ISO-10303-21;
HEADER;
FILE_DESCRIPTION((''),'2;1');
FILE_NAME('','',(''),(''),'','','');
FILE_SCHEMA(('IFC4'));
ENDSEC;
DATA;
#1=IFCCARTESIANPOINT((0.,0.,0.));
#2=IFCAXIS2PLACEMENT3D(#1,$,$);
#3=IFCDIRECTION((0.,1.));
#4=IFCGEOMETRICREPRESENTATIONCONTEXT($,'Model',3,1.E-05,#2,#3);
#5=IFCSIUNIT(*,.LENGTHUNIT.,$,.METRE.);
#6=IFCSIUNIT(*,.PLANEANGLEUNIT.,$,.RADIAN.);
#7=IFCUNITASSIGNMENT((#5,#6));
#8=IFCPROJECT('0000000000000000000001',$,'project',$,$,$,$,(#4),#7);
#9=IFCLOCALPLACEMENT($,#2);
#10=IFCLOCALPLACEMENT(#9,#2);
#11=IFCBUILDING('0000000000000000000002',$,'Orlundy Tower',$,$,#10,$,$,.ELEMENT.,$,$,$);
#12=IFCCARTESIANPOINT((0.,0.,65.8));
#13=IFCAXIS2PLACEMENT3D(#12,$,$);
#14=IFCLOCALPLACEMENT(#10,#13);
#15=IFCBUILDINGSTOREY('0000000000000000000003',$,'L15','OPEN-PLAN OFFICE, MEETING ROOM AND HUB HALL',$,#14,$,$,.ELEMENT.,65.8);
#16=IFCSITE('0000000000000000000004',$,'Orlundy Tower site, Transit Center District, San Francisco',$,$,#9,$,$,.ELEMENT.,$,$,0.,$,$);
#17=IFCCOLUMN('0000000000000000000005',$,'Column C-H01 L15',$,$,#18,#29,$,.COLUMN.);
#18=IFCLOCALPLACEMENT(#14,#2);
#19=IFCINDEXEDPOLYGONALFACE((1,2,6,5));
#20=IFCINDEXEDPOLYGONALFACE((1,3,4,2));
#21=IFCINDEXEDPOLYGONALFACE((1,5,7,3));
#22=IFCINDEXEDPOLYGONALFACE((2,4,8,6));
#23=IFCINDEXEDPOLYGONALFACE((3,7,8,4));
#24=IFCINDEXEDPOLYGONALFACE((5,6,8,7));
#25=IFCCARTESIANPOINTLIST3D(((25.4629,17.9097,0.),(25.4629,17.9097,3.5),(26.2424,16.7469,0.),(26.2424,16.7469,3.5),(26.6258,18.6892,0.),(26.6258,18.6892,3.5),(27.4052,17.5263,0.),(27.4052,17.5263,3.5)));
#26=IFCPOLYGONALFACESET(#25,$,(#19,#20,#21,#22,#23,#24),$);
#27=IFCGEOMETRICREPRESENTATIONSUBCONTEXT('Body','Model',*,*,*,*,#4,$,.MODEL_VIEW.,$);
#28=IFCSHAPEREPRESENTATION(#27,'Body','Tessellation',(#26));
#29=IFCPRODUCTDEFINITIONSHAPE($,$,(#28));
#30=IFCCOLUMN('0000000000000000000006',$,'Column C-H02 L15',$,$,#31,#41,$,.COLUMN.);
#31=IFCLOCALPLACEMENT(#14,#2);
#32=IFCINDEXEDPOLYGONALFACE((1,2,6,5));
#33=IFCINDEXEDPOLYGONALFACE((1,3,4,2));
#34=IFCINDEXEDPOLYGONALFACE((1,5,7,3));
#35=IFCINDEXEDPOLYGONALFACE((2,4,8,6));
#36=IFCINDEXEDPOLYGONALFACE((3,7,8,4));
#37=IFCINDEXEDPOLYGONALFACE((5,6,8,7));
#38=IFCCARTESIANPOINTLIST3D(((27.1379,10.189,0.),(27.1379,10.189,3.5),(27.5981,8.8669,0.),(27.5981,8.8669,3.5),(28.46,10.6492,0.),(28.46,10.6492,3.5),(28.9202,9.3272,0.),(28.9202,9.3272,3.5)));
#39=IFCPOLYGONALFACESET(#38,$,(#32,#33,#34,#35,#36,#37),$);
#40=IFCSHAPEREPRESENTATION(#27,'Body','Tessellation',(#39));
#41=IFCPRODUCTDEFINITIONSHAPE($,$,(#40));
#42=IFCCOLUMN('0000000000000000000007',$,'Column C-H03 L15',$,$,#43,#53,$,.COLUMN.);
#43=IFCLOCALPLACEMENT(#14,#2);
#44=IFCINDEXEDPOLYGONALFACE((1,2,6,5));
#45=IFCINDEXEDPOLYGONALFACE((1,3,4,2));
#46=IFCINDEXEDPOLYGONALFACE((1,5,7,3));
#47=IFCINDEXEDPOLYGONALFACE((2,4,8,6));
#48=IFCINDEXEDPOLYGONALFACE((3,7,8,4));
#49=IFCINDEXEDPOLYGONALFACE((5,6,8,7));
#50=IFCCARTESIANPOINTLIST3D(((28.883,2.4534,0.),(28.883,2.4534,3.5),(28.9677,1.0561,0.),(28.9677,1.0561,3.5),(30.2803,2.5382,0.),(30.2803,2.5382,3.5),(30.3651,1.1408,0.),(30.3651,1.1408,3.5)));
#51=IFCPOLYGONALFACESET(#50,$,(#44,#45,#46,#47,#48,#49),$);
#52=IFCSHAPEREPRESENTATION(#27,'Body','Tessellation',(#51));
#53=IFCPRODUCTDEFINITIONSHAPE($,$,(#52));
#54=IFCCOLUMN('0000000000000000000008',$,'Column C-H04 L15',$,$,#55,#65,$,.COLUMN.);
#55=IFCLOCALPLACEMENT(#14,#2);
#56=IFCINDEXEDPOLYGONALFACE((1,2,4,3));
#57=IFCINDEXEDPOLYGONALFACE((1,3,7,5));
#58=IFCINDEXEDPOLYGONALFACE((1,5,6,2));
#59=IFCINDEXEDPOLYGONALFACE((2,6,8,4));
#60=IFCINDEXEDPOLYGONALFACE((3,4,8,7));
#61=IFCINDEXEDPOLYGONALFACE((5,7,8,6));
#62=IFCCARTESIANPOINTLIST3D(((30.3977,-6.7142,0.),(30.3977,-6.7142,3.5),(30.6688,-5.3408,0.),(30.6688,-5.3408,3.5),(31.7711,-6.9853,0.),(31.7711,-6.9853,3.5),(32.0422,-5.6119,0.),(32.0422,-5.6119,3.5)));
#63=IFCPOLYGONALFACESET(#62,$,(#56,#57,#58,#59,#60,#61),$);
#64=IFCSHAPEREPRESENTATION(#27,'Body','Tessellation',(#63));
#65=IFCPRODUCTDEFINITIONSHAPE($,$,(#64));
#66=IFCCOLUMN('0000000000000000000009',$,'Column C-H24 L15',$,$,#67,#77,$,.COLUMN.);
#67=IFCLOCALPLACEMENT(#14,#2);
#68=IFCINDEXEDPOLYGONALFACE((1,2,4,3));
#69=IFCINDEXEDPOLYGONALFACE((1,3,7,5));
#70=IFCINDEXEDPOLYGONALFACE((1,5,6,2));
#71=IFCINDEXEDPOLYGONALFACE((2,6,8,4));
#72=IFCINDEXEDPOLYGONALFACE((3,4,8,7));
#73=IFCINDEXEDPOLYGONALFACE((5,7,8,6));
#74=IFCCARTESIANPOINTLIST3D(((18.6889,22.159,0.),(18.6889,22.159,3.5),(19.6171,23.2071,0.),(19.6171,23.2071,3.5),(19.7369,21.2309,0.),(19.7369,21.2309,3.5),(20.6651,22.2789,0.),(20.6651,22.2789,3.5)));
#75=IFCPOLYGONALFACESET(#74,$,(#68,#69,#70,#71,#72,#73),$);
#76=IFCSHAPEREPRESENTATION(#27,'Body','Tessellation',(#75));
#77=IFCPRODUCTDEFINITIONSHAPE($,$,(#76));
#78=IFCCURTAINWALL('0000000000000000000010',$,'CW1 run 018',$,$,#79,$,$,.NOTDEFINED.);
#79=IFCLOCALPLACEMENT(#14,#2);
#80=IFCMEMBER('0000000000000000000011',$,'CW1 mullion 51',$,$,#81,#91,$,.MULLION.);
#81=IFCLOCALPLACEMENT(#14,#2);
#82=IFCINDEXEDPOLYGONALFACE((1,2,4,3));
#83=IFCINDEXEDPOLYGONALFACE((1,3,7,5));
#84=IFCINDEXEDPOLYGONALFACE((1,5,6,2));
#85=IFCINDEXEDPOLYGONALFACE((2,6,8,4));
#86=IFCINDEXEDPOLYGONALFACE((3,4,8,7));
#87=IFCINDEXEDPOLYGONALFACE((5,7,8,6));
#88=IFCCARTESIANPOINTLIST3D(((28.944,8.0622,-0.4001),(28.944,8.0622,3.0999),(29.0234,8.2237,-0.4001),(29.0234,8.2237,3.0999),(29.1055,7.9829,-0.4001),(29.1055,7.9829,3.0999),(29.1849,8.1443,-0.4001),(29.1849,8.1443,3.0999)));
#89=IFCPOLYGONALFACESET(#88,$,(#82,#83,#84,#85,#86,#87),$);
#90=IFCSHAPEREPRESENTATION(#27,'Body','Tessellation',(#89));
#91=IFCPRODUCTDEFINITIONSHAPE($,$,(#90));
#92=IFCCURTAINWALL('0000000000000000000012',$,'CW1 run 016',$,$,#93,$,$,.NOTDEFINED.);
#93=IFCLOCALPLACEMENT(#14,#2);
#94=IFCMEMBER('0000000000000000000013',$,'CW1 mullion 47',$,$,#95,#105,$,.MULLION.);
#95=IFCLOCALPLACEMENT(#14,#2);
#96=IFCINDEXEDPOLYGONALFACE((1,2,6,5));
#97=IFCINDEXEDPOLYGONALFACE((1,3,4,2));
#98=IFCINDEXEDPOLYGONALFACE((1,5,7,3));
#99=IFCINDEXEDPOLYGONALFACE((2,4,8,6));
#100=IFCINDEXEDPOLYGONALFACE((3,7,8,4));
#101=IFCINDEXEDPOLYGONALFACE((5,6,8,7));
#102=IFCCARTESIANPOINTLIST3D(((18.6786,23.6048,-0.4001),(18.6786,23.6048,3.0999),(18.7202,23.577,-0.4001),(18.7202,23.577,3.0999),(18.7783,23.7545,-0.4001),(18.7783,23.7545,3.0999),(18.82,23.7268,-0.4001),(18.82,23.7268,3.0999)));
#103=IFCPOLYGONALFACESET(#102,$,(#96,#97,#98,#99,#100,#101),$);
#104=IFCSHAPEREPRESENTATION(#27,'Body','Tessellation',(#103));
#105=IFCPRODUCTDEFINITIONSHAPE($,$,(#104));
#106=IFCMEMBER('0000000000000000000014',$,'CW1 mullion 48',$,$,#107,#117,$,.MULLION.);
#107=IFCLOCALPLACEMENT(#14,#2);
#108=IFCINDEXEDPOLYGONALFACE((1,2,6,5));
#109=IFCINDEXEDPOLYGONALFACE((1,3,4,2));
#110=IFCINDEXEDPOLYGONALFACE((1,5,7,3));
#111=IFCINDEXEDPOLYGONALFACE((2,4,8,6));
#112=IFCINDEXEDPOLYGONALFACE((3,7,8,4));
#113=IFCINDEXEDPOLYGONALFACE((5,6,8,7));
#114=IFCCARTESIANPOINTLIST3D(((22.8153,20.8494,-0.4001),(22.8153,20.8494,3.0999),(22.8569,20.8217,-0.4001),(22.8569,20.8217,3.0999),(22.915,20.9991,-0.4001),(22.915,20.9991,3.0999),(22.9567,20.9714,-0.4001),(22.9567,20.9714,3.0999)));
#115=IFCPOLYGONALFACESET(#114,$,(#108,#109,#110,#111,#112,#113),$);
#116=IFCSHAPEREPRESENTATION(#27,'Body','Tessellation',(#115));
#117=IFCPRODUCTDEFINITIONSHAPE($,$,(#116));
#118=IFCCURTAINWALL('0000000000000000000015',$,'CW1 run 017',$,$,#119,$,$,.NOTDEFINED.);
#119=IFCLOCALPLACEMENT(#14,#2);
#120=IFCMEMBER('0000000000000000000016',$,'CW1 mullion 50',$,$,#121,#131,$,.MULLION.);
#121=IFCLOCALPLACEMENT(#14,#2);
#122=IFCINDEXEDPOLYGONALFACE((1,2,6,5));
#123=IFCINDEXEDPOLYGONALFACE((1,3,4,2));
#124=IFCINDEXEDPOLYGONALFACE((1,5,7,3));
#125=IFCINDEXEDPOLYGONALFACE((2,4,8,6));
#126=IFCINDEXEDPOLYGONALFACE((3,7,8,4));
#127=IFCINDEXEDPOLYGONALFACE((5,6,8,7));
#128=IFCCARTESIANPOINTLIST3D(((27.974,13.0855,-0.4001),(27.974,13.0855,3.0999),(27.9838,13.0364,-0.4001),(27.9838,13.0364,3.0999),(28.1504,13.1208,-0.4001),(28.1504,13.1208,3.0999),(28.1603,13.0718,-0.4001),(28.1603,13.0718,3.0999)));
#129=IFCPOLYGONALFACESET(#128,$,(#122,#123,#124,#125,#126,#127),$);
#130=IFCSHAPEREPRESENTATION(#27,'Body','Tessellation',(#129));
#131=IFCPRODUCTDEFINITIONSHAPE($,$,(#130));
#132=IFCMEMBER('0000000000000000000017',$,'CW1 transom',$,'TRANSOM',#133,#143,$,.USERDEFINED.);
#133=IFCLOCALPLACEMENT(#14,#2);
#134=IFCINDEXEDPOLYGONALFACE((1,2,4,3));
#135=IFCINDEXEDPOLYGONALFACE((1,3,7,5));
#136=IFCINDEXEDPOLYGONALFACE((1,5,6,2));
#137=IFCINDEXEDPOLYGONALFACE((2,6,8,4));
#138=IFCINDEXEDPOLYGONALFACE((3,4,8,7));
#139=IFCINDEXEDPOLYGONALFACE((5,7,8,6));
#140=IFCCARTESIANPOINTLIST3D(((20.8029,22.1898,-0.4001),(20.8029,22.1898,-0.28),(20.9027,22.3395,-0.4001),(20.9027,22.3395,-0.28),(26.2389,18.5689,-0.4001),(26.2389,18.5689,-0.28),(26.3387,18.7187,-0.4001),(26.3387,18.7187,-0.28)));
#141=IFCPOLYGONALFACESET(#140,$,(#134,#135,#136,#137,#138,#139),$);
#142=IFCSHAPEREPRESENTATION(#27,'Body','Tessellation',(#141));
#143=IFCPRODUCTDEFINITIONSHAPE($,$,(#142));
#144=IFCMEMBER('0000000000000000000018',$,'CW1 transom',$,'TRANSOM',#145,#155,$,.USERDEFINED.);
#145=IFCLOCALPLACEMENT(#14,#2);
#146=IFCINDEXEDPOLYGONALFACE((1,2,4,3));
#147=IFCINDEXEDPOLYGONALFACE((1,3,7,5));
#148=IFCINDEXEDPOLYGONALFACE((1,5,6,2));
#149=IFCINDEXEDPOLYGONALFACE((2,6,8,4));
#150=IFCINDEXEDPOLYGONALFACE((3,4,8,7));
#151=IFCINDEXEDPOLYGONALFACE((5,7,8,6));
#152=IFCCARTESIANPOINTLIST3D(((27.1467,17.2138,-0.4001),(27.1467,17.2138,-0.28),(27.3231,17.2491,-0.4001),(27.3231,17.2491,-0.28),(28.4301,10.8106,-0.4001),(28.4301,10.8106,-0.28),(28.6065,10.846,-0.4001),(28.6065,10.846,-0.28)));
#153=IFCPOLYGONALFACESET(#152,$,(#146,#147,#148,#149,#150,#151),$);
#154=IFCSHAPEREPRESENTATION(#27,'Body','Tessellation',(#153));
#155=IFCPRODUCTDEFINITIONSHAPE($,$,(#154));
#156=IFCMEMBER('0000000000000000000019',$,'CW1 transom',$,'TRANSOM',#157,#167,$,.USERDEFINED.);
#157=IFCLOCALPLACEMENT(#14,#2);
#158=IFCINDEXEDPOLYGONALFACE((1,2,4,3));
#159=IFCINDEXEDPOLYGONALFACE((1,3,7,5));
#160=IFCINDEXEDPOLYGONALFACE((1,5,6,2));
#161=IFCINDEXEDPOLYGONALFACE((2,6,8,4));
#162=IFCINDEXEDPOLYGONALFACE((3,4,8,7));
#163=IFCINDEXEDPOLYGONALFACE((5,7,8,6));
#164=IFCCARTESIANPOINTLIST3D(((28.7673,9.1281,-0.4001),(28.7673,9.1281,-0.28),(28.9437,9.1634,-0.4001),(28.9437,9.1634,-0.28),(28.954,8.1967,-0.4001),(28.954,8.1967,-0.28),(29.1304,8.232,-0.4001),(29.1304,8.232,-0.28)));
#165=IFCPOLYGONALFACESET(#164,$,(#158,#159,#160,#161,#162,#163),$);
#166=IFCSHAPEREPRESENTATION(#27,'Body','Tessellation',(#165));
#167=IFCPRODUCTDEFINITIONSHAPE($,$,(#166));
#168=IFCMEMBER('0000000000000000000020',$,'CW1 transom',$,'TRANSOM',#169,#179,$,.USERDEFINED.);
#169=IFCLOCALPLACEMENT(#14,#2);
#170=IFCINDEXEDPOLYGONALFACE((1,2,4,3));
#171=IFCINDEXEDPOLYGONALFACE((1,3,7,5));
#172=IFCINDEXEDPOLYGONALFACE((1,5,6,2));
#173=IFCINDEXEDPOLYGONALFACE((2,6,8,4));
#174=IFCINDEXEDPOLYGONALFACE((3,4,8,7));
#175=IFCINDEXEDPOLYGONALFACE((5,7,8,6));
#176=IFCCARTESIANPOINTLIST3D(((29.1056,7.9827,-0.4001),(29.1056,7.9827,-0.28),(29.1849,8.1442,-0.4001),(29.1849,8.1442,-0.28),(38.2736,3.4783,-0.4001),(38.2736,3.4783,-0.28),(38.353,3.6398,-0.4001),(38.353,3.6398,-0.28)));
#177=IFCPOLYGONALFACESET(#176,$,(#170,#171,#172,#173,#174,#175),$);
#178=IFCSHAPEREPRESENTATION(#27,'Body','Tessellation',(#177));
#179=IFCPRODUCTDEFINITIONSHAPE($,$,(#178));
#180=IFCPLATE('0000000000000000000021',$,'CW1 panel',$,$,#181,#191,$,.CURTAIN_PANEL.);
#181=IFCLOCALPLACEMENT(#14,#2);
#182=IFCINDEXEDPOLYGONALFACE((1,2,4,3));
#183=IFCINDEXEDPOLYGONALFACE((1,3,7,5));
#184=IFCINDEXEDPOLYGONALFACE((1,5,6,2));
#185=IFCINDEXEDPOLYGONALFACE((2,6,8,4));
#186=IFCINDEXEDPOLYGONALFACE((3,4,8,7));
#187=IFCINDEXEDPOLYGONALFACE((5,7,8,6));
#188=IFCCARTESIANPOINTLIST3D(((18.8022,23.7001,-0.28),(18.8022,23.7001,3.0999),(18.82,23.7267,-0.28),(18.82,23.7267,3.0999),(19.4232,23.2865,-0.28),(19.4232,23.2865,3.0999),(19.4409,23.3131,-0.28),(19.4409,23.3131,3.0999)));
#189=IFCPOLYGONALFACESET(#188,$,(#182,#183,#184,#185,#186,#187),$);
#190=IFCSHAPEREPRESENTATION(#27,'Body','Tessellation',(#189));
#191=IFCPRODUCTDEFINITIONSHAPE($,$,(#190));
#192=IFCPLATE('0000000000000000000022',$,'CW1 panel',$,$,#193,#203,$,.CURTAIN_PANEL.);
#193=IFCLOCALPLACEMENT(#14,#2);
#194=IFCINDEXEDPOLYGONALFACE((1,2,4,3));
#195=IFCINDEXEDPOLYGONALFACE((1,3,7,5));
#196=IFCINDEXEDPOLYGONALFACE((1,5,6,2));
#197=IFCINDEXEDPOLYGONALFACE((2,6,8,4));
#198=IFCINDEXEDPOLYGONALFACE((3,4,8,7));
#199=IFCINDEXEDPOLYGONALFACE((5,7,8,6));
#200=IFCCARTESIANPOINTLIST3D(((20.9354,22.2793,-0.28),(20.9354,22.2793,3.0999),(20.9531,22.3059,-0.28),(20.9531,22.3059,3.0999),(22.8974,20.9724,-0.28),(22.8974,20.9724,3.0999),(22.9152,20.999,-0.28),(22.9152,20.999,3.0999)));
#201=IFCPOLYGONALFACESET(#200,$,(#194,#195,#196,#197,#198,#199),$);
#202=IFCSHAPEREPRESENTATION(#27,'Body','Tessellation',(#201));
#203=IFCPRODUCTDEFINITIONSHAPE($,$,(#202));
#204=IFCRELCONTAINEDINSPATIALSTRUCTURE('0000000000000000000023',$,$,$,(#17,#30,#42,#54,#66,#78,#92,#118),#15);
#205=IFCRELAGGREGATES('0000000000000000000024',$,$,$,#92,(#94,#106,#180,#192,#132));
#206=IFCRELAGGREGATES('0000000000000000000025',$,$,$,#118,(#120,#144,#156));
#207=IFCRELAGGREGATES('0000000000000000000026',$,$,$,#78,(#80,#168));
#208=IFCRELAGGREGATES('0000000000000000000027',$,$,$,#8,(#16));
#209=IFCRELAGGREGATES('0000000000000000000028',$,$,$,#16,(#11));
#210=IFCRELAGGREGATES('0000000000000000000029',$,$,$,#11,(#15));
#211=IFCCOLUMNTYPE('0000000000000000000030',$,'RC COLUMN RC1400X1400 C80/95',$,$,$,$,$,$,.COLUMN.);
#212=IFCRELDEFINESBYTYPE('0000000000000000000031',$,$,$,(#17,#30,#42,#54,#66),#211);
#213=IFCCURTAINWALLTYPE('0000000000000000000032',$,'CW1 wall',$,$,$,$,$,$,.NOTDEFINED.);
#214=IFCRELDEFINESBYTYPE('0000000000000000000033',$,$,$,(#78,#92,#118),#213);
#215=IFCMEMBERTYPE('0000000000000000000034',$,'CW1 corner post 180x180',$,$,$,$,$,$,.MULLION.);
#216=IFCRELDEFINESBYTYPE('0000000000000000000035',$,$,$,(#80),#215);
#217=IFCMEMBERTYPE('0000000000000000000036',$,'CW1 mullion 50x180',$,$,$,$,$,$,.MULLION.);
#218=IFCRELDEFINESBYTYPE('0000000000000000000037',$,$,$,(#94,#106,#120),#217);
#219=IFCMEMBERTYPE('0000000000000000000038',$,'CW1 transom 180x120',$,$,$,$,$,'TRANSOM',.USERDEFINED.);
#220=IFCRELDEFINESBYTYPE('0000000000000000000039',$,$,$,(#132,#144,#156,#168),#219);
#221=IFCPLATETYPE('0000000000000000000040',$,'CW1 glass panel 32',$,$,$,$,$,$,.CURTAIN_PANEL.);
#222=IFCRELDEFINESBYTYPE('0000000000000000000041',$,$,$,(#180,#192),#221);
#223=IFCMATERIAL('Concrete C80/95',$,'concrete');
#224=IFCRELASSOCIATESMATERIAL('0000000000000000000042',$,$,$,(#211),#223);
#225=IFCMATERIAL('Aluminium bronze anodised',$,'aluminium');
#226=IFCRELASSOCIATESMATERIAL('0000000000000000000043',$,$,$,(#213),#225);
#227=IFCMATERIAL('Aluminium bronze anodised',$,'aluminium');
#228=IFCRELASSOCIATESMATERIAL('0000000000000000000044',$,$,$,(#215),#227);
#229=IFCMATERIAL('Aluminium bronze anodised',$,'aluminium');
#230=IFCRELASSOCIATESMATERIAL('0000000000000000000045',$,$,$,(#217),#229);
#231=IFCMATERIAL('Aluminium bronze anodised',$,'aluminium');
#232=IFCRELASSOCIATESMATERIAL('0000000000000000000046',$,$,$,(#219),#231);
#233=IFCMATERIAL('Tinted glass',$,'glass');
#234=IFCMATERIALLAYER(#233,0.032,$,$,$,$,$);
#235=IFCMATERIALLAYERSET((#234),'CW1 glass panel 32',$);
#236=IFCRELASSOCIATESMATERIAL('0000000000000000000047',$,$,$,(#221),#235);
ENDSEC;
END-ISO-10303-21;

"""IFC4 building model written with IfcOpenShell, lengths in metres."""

from ifc_helpers import new_model, si_unit, direction, frame, origin, origin_2d, place, context, subcontext, project, spatial, rectangle, extrude, material, layer, layer_set, material_profile, profile_set, type_object, element, aggregate, save


model = new_model("IFC4")

# Units and contexts
model_context = context("Model", 3, precision=1e-05, world=origin(), true_north=direction((0.0, 1.0)))
body_context = subcontext(model_context, "Body", "Model", "MODEL_VIEW")
ifc_project = project(units=[si_unit("LENGTHUNIT", "METRE"), si_unit("PLANEANGLEUNIT", "RADIAN")], contexts=[model_context])

# Site, building, storey
site_placement = place(None, origin())
site = spatial("IfcSite", under=ifc_project, at=site_placement, Name="Orlundy Tower site, Transit Center District, San Francisco", CompositionType="ELEMENT", RefElevation=0.0)
building_placement = place(site_placement, origin())
building = spatial("IfcBuilding", under=site, at=building_placement, Name="Orlundy Tower", CompositionType="ELEMENT")
storey_placement = place(building_placement, frame((0.0, 0.0, 65.8)))
storey = spatial("IfcBuildingStorey", under=building, at=storey_placement, Name="L15", Description="OPEN-PLAN OFFICE, MEETING ROOM AND HUB HALL", CompositionType="ELEMENT", Elevation=65.8)

# Columns
ifc_material_1 = material(Name="Concrete C80/95", Category="concrete")
ifc_material_profile_1 = material_profile(ifc_material_1, rectangle(XDim=1.3999, YDim=1.3999, at=origin_2d()), Name="RC1400X1400")
ifc_profile_set_1 = profile_set([ifc_material_profile_1], Name="Concrete C80/95")
column_type = type_object("IfcColumnType", Name="RC COLUMN RC1400X1400 C80/95", PredefinedType="COLUMN", material=ifc_profile_set_1)
for number, where, z_axis, x_axis, name in (
    (1, (26.4341, 17.718, 0.0), (0.0, 0.0, 1.0), (0.830664, 0.556774, 0.0), "Column C-H01 L15"),
    (2, (28.0291, 9.7581, 0.0), (0.0, 0.0, 1.0), (0.944405, 0.328784, 0.0), "Column C-H02 L15"),
    (3, (29.624, 1.7971, 0.0), (0.0, 0.0, 1.0), (0.998166, 0.060543, 0.0), "Column C-H03 L15"),
    (4, (31.22, -6.1631, 0.0), (0.0, 0.0, 1.0), (0.981067, -0.193669, 0.0), "Column C-H04 L15"),
    (5, (19.677, 22.219, 0.0), (0.0, 0.0, 1.0), (0.662986, 0.748632, 0.0), "Column C-H24 L15"),
):
    element("IfcColumn", number, at=place(storey_placement, frame(where, z_axis=z_axis, x_axis=x_axis)), inside=storey, type_object=column_type, Name=name, PredefinedType="COLUMN", context=body_context, shape_type="SweptSolid", body=[
        extrude(rectangle(XDim=1.3999, YDim=1.3999, at=origin_2d()), origin(), (0.0, 0.0, 1.0), 3.5),
    ])

# Curtain wall, member
ifc_material_2 = material(Name="Aluminium bronze anodised", Category="aluminium")
curtain_wall_type = type_object("IfcCurtainWallType", Name="CW1 wall", PredefinedType="NOTDEFINED", material=ifc_material_2)
curtain_wall_1_placement = place(storey_placement, origin())
curtain_wall_1 = element("IfcCurtainWall", 6, at=curtain_wall_1_placement, inside=storey, type_object=curtain_wall_type, Name="CW1 run 018", PredefinedType="NOTDEFINED")
ifc_material_3 = material(Name="Aluminium bronze anodised", Category="aluminium")
ifc_material_profile_2 = material_profile(ifc_material_3, rectangle(XDim=0.1799, YDim=0.1799, at=origin_2d()), Name="CW1 corner post 180x180")
ifc_profile_set_2 = profile_set([ifc_material_profile_2], Name="Aluminium bronze anodised")
member_type_1 = type_object("IfcMemberType", Name="CW1 corner post 180x180", PredefinedType="MULLION", material=ifc_profile_set_2)
member_1_placement = place(storey_placement, frame((29.0645, 8.1033, -0.4001), z_axis=(0.0, 0.0, 1.0), x_axis=(0.440978, 0.897518, 0.0)))
member_1 = element("IfcMember", 7, at=member_1_placement, type_object=member_type_1, Name="CW1 mullion 51", PredefinedType="MULLION", context=body_context, shape_type="SweptSolid", body=[
    extrude(rectangle(XDim=0.1799, YDim=0.1799, at=origin_2d()), origin(), (0.0, 0.0, 1.0), 3.5),
])

# Curtain wall, members
curtain_wall_2_placement = place(storey_placement, origin())
curtain_wall_2 = element("IfcCurtainWall", 8, at=curtain_wall_2_placement, inside=storey, type_object=curtain_wall_type, Name="CW1 run 016", PredefinedType="NOTDEFINED")
ifc_material_4 = material(Name="Aluminium bronze anodised", Category="aluminium")
ifc_material_profile_3 = material_profile(ifc_material_4, rectangle(XDim=0.1799, YDim=0.05, at=origin_2d()), Name="CW1 mullion 50x180")
ifc_profile_set_3 = profile_set([ifc_material_profile_3], Name="Aluminium bronze anodised")
member_type_2 = type_object("IfcMemberType", Name="CW1 mullion 50x180", PredefinedType="MULLION", material=ifc_profile_set_3)
member_2_placement = place(storey_placement, frame((18.7493, 23.6658, -0.4001), z_axis=(0.0, 0.0, 1.0), x_axis=(0.554357, 0.832279, 0.0)))
member_2 = element("IfcMember", 9, at=member_2_placement, type_object=member_type_2, Name="CW1 mullion 47", PredefinedType="MULLION", context=body_context, shape_type="SweptSolid", body=[
    extrude(rectangle(XDim=0.1799, YDim=0.05, at=origin_2d()), origin(), (0.0, 0.0, 1.0), 3.5),
])
member_3_placement = place(storey_placement, frame((22.886, 20.9104, -0.4001), z_axis=(0.0, 0.0, 1.0), x_axis=(0.554357, 0.832279, 0.0)))
member_3 = element("IfcMember", 10, at=member_3_placement, type_object=member_type_2, Name="CW1 mullion 48", PredefinedType="MULLION", context=body_context, shape_type="SweptSolid", body=[
    extrude(rectangle(XDim=0.1799, YDim=0.05, at=origin_2d()), origin(), (0.0, 0.0, 1.0), 3.5),
])

# Curtain wall, member
curtain_wall_3_placement = place(storey_placement, origin())
curtain_wall_3 = element("IfcCurtainWall", 11, at=curtain_wall_3_placement, inside=storey, type_object=curtain_wall_type, Name="CW1 run 017", PredefinedType="NOTDEFINED")
member_4_placement = place(storey_placement, frame((28.0671, 13.0786, -0.4001), z_axis=(0.0, 0.0, 1.0), x_axis=(0.980498, 0.196529, 0.0)))
member_4 = element("IfcMember", 12, at=member_4_placement, type_object=member_type_2, Name="CW1 mullion 50", PredefinedType="MULLION", context=body_context, shape_type="SweptSolid", body=[
    extrude(rectangle(XDim=0.1799, YDim=0.05, at=origin_2d()), origin(), (0.0, 0.0, 1.0), 3.5),
])

# Members
ifc_material_5 = material(Name="Aluminium bronze anodised", Category="aluminium")
ifc_material_profile_4 = material_profile(ifc_material_5, rectangle(XDim=0.1799, YDim=0.1201, at=origin_2d()), Name="CW1 transom 180x120")
ifc_profile_set_4 = profile_set([ifc_material_profile_4], Name="Aluminium bronze anodised")
member_type_3 = type_object("IfcMemberType", Name="CW1 transom 180x120", ElementType="TRANSOM", PredefinedType="USERDEFINED", material=ifc_profile_set_4)
member_5_placement = place(storey_placement, frame((20.8528, 22.2646, -0.3401), z_axis=(0.832274, -0.554364, 0.0), x_axis=(0.554364, 0.832274, 0.0)))
member_5 = element("IfcMember", 13, at=member_5_placement, type_object=member_type_3, Name="CW1 transom", ObjectType="TRANSOM", PredefinedType="USERDEFINED", context=body_context, shape_type="SweptSolid", body=[
    extrude(rectangle(XDim=0.1799, YDim=0.1201, at=origin_2d()), origin(), (0.0, 0.0, 1.0), 6.5315),
])
member_6_placement = place(storey_placement, frame((27.2349, 17.2314, -0.3401), z_axis=(0.196533, -0.980497, 0.0), x_axis=(0.980497, 0.196533, 0.0)))
member_6 = element("IfcMember", 14, at=member_6_placement, type_object=member_type_3, Name="CW1 transom", ObjectType="TRANSOM", PredefinedType="USERDEFINED", context=body_context, shape_type="SweptSolid", body=[
    extrude(rectangle(XDim=0.1799, YDim=0.1201, at=origin_2d()), origin(), (0.0, 0.0, 1.0), 6.5305),
])
member_7_placement = place(storey_placement, frame((28.8555, 9.1458, -0.3401), z_axis=(0.19661, -0.980482, 0.0), x_axis=(0.980482, 0.19661, 0.0)))
member_7 = element("IfcMember", 15, at=member_7_placement, type_object=member_type_3, Name="CW1 transom", ObjectType="TRANSOM", PredefinedType="USERDEFINED", context=body_context, shape_type="SweptSolid", body=[
    extrude(rectangle(XDim=0.1799, YDim=0.1201, at=origin_2d()), origin(), (0.0, 0.0, 1.0), 0.95),
])
member_8_placement = place(storey_placement, frame((29.1453, 8.0635, -0.3401), z_axis=(0.897522, -0.440969, 0.0), x_axis=(0.440969, 0.897522, 0.0)))
member_8 = element("IfcMember", 16, at=member_8_placement, type_object=member_type_3, Name="CW1 transom", ObjectType="TRANSOM", PredefinedType="USERDEFINED", context=body_context, shape_type="SweptSolid", body=[
    extrude(rectangle(XDim=0.1799, YDim=0.1201, at=origin_2d()), origin(), (0.0, 0.0, 1.0), 10.2148),
])

# Plates
ifc_material_6 = material(Name="Tinted glass", Category="glass")
ifc_layer_1 = layer(ifc_material_6, 0.032)
ifc_layer_set_1 = layer_set([ifc_layer_1], Name="CW1 glass panel 32")
plate_type = type_object("IfcPlateType", Name="CW1 glass panel 32", PredefinedType="CURTAIN_PANEL", material=ifc_layer_set_1)
plate_1_placement = place(storey_placement, frame((19.1216, 23.5066, -0.28), z_axis=(0.0, 0.0, 1.0), x_axis=(0.832279, -0.554357, 0.0)))
plate_1 = element("IfcPlate", 17, at=plate_1_placement, type_object=plate_type, Name="CW1 panel", PredefinedType="CURTAIN_PANEL", context=body_context, shape_type="SweptSolid", body=[
    extrude(rectangle(XDim=0.7461, YDim=0.032, at=origin_2d()), origin(), (0.0, 0.0, 1.0), 3.3799),
])
plate_2_placement = place(storey_placement, frame((21.9253, 21.6392, -0.28), z_axis=(0.0, 0.0, 1.0), x_axis=(0.832279, -0.554357, 0.0)))
plate_2 = element("IfcPlate", 18, at=plate_2_placement, type_object=plate_type, Name="CW1 panel", PredefinedType="CURTAIN_PANEL", context=body_context, shape_type="SweptSolid", body=[
    extrude(rectangle(XDim=2.3574, YDim=0.032, at=origin_2d()), origin(), (0.0, 0.0, 1.0), 3.3799),
])
aggregate(curtain_wall_2, [member_2, member_3, plate_1, plate_2, member_5])
aggregate(curtain_wall_3, [member_4, member_6, member_7])
aggregate(curtain_wall_1, [member_1, member_8])

save(model, "model.ifc")
